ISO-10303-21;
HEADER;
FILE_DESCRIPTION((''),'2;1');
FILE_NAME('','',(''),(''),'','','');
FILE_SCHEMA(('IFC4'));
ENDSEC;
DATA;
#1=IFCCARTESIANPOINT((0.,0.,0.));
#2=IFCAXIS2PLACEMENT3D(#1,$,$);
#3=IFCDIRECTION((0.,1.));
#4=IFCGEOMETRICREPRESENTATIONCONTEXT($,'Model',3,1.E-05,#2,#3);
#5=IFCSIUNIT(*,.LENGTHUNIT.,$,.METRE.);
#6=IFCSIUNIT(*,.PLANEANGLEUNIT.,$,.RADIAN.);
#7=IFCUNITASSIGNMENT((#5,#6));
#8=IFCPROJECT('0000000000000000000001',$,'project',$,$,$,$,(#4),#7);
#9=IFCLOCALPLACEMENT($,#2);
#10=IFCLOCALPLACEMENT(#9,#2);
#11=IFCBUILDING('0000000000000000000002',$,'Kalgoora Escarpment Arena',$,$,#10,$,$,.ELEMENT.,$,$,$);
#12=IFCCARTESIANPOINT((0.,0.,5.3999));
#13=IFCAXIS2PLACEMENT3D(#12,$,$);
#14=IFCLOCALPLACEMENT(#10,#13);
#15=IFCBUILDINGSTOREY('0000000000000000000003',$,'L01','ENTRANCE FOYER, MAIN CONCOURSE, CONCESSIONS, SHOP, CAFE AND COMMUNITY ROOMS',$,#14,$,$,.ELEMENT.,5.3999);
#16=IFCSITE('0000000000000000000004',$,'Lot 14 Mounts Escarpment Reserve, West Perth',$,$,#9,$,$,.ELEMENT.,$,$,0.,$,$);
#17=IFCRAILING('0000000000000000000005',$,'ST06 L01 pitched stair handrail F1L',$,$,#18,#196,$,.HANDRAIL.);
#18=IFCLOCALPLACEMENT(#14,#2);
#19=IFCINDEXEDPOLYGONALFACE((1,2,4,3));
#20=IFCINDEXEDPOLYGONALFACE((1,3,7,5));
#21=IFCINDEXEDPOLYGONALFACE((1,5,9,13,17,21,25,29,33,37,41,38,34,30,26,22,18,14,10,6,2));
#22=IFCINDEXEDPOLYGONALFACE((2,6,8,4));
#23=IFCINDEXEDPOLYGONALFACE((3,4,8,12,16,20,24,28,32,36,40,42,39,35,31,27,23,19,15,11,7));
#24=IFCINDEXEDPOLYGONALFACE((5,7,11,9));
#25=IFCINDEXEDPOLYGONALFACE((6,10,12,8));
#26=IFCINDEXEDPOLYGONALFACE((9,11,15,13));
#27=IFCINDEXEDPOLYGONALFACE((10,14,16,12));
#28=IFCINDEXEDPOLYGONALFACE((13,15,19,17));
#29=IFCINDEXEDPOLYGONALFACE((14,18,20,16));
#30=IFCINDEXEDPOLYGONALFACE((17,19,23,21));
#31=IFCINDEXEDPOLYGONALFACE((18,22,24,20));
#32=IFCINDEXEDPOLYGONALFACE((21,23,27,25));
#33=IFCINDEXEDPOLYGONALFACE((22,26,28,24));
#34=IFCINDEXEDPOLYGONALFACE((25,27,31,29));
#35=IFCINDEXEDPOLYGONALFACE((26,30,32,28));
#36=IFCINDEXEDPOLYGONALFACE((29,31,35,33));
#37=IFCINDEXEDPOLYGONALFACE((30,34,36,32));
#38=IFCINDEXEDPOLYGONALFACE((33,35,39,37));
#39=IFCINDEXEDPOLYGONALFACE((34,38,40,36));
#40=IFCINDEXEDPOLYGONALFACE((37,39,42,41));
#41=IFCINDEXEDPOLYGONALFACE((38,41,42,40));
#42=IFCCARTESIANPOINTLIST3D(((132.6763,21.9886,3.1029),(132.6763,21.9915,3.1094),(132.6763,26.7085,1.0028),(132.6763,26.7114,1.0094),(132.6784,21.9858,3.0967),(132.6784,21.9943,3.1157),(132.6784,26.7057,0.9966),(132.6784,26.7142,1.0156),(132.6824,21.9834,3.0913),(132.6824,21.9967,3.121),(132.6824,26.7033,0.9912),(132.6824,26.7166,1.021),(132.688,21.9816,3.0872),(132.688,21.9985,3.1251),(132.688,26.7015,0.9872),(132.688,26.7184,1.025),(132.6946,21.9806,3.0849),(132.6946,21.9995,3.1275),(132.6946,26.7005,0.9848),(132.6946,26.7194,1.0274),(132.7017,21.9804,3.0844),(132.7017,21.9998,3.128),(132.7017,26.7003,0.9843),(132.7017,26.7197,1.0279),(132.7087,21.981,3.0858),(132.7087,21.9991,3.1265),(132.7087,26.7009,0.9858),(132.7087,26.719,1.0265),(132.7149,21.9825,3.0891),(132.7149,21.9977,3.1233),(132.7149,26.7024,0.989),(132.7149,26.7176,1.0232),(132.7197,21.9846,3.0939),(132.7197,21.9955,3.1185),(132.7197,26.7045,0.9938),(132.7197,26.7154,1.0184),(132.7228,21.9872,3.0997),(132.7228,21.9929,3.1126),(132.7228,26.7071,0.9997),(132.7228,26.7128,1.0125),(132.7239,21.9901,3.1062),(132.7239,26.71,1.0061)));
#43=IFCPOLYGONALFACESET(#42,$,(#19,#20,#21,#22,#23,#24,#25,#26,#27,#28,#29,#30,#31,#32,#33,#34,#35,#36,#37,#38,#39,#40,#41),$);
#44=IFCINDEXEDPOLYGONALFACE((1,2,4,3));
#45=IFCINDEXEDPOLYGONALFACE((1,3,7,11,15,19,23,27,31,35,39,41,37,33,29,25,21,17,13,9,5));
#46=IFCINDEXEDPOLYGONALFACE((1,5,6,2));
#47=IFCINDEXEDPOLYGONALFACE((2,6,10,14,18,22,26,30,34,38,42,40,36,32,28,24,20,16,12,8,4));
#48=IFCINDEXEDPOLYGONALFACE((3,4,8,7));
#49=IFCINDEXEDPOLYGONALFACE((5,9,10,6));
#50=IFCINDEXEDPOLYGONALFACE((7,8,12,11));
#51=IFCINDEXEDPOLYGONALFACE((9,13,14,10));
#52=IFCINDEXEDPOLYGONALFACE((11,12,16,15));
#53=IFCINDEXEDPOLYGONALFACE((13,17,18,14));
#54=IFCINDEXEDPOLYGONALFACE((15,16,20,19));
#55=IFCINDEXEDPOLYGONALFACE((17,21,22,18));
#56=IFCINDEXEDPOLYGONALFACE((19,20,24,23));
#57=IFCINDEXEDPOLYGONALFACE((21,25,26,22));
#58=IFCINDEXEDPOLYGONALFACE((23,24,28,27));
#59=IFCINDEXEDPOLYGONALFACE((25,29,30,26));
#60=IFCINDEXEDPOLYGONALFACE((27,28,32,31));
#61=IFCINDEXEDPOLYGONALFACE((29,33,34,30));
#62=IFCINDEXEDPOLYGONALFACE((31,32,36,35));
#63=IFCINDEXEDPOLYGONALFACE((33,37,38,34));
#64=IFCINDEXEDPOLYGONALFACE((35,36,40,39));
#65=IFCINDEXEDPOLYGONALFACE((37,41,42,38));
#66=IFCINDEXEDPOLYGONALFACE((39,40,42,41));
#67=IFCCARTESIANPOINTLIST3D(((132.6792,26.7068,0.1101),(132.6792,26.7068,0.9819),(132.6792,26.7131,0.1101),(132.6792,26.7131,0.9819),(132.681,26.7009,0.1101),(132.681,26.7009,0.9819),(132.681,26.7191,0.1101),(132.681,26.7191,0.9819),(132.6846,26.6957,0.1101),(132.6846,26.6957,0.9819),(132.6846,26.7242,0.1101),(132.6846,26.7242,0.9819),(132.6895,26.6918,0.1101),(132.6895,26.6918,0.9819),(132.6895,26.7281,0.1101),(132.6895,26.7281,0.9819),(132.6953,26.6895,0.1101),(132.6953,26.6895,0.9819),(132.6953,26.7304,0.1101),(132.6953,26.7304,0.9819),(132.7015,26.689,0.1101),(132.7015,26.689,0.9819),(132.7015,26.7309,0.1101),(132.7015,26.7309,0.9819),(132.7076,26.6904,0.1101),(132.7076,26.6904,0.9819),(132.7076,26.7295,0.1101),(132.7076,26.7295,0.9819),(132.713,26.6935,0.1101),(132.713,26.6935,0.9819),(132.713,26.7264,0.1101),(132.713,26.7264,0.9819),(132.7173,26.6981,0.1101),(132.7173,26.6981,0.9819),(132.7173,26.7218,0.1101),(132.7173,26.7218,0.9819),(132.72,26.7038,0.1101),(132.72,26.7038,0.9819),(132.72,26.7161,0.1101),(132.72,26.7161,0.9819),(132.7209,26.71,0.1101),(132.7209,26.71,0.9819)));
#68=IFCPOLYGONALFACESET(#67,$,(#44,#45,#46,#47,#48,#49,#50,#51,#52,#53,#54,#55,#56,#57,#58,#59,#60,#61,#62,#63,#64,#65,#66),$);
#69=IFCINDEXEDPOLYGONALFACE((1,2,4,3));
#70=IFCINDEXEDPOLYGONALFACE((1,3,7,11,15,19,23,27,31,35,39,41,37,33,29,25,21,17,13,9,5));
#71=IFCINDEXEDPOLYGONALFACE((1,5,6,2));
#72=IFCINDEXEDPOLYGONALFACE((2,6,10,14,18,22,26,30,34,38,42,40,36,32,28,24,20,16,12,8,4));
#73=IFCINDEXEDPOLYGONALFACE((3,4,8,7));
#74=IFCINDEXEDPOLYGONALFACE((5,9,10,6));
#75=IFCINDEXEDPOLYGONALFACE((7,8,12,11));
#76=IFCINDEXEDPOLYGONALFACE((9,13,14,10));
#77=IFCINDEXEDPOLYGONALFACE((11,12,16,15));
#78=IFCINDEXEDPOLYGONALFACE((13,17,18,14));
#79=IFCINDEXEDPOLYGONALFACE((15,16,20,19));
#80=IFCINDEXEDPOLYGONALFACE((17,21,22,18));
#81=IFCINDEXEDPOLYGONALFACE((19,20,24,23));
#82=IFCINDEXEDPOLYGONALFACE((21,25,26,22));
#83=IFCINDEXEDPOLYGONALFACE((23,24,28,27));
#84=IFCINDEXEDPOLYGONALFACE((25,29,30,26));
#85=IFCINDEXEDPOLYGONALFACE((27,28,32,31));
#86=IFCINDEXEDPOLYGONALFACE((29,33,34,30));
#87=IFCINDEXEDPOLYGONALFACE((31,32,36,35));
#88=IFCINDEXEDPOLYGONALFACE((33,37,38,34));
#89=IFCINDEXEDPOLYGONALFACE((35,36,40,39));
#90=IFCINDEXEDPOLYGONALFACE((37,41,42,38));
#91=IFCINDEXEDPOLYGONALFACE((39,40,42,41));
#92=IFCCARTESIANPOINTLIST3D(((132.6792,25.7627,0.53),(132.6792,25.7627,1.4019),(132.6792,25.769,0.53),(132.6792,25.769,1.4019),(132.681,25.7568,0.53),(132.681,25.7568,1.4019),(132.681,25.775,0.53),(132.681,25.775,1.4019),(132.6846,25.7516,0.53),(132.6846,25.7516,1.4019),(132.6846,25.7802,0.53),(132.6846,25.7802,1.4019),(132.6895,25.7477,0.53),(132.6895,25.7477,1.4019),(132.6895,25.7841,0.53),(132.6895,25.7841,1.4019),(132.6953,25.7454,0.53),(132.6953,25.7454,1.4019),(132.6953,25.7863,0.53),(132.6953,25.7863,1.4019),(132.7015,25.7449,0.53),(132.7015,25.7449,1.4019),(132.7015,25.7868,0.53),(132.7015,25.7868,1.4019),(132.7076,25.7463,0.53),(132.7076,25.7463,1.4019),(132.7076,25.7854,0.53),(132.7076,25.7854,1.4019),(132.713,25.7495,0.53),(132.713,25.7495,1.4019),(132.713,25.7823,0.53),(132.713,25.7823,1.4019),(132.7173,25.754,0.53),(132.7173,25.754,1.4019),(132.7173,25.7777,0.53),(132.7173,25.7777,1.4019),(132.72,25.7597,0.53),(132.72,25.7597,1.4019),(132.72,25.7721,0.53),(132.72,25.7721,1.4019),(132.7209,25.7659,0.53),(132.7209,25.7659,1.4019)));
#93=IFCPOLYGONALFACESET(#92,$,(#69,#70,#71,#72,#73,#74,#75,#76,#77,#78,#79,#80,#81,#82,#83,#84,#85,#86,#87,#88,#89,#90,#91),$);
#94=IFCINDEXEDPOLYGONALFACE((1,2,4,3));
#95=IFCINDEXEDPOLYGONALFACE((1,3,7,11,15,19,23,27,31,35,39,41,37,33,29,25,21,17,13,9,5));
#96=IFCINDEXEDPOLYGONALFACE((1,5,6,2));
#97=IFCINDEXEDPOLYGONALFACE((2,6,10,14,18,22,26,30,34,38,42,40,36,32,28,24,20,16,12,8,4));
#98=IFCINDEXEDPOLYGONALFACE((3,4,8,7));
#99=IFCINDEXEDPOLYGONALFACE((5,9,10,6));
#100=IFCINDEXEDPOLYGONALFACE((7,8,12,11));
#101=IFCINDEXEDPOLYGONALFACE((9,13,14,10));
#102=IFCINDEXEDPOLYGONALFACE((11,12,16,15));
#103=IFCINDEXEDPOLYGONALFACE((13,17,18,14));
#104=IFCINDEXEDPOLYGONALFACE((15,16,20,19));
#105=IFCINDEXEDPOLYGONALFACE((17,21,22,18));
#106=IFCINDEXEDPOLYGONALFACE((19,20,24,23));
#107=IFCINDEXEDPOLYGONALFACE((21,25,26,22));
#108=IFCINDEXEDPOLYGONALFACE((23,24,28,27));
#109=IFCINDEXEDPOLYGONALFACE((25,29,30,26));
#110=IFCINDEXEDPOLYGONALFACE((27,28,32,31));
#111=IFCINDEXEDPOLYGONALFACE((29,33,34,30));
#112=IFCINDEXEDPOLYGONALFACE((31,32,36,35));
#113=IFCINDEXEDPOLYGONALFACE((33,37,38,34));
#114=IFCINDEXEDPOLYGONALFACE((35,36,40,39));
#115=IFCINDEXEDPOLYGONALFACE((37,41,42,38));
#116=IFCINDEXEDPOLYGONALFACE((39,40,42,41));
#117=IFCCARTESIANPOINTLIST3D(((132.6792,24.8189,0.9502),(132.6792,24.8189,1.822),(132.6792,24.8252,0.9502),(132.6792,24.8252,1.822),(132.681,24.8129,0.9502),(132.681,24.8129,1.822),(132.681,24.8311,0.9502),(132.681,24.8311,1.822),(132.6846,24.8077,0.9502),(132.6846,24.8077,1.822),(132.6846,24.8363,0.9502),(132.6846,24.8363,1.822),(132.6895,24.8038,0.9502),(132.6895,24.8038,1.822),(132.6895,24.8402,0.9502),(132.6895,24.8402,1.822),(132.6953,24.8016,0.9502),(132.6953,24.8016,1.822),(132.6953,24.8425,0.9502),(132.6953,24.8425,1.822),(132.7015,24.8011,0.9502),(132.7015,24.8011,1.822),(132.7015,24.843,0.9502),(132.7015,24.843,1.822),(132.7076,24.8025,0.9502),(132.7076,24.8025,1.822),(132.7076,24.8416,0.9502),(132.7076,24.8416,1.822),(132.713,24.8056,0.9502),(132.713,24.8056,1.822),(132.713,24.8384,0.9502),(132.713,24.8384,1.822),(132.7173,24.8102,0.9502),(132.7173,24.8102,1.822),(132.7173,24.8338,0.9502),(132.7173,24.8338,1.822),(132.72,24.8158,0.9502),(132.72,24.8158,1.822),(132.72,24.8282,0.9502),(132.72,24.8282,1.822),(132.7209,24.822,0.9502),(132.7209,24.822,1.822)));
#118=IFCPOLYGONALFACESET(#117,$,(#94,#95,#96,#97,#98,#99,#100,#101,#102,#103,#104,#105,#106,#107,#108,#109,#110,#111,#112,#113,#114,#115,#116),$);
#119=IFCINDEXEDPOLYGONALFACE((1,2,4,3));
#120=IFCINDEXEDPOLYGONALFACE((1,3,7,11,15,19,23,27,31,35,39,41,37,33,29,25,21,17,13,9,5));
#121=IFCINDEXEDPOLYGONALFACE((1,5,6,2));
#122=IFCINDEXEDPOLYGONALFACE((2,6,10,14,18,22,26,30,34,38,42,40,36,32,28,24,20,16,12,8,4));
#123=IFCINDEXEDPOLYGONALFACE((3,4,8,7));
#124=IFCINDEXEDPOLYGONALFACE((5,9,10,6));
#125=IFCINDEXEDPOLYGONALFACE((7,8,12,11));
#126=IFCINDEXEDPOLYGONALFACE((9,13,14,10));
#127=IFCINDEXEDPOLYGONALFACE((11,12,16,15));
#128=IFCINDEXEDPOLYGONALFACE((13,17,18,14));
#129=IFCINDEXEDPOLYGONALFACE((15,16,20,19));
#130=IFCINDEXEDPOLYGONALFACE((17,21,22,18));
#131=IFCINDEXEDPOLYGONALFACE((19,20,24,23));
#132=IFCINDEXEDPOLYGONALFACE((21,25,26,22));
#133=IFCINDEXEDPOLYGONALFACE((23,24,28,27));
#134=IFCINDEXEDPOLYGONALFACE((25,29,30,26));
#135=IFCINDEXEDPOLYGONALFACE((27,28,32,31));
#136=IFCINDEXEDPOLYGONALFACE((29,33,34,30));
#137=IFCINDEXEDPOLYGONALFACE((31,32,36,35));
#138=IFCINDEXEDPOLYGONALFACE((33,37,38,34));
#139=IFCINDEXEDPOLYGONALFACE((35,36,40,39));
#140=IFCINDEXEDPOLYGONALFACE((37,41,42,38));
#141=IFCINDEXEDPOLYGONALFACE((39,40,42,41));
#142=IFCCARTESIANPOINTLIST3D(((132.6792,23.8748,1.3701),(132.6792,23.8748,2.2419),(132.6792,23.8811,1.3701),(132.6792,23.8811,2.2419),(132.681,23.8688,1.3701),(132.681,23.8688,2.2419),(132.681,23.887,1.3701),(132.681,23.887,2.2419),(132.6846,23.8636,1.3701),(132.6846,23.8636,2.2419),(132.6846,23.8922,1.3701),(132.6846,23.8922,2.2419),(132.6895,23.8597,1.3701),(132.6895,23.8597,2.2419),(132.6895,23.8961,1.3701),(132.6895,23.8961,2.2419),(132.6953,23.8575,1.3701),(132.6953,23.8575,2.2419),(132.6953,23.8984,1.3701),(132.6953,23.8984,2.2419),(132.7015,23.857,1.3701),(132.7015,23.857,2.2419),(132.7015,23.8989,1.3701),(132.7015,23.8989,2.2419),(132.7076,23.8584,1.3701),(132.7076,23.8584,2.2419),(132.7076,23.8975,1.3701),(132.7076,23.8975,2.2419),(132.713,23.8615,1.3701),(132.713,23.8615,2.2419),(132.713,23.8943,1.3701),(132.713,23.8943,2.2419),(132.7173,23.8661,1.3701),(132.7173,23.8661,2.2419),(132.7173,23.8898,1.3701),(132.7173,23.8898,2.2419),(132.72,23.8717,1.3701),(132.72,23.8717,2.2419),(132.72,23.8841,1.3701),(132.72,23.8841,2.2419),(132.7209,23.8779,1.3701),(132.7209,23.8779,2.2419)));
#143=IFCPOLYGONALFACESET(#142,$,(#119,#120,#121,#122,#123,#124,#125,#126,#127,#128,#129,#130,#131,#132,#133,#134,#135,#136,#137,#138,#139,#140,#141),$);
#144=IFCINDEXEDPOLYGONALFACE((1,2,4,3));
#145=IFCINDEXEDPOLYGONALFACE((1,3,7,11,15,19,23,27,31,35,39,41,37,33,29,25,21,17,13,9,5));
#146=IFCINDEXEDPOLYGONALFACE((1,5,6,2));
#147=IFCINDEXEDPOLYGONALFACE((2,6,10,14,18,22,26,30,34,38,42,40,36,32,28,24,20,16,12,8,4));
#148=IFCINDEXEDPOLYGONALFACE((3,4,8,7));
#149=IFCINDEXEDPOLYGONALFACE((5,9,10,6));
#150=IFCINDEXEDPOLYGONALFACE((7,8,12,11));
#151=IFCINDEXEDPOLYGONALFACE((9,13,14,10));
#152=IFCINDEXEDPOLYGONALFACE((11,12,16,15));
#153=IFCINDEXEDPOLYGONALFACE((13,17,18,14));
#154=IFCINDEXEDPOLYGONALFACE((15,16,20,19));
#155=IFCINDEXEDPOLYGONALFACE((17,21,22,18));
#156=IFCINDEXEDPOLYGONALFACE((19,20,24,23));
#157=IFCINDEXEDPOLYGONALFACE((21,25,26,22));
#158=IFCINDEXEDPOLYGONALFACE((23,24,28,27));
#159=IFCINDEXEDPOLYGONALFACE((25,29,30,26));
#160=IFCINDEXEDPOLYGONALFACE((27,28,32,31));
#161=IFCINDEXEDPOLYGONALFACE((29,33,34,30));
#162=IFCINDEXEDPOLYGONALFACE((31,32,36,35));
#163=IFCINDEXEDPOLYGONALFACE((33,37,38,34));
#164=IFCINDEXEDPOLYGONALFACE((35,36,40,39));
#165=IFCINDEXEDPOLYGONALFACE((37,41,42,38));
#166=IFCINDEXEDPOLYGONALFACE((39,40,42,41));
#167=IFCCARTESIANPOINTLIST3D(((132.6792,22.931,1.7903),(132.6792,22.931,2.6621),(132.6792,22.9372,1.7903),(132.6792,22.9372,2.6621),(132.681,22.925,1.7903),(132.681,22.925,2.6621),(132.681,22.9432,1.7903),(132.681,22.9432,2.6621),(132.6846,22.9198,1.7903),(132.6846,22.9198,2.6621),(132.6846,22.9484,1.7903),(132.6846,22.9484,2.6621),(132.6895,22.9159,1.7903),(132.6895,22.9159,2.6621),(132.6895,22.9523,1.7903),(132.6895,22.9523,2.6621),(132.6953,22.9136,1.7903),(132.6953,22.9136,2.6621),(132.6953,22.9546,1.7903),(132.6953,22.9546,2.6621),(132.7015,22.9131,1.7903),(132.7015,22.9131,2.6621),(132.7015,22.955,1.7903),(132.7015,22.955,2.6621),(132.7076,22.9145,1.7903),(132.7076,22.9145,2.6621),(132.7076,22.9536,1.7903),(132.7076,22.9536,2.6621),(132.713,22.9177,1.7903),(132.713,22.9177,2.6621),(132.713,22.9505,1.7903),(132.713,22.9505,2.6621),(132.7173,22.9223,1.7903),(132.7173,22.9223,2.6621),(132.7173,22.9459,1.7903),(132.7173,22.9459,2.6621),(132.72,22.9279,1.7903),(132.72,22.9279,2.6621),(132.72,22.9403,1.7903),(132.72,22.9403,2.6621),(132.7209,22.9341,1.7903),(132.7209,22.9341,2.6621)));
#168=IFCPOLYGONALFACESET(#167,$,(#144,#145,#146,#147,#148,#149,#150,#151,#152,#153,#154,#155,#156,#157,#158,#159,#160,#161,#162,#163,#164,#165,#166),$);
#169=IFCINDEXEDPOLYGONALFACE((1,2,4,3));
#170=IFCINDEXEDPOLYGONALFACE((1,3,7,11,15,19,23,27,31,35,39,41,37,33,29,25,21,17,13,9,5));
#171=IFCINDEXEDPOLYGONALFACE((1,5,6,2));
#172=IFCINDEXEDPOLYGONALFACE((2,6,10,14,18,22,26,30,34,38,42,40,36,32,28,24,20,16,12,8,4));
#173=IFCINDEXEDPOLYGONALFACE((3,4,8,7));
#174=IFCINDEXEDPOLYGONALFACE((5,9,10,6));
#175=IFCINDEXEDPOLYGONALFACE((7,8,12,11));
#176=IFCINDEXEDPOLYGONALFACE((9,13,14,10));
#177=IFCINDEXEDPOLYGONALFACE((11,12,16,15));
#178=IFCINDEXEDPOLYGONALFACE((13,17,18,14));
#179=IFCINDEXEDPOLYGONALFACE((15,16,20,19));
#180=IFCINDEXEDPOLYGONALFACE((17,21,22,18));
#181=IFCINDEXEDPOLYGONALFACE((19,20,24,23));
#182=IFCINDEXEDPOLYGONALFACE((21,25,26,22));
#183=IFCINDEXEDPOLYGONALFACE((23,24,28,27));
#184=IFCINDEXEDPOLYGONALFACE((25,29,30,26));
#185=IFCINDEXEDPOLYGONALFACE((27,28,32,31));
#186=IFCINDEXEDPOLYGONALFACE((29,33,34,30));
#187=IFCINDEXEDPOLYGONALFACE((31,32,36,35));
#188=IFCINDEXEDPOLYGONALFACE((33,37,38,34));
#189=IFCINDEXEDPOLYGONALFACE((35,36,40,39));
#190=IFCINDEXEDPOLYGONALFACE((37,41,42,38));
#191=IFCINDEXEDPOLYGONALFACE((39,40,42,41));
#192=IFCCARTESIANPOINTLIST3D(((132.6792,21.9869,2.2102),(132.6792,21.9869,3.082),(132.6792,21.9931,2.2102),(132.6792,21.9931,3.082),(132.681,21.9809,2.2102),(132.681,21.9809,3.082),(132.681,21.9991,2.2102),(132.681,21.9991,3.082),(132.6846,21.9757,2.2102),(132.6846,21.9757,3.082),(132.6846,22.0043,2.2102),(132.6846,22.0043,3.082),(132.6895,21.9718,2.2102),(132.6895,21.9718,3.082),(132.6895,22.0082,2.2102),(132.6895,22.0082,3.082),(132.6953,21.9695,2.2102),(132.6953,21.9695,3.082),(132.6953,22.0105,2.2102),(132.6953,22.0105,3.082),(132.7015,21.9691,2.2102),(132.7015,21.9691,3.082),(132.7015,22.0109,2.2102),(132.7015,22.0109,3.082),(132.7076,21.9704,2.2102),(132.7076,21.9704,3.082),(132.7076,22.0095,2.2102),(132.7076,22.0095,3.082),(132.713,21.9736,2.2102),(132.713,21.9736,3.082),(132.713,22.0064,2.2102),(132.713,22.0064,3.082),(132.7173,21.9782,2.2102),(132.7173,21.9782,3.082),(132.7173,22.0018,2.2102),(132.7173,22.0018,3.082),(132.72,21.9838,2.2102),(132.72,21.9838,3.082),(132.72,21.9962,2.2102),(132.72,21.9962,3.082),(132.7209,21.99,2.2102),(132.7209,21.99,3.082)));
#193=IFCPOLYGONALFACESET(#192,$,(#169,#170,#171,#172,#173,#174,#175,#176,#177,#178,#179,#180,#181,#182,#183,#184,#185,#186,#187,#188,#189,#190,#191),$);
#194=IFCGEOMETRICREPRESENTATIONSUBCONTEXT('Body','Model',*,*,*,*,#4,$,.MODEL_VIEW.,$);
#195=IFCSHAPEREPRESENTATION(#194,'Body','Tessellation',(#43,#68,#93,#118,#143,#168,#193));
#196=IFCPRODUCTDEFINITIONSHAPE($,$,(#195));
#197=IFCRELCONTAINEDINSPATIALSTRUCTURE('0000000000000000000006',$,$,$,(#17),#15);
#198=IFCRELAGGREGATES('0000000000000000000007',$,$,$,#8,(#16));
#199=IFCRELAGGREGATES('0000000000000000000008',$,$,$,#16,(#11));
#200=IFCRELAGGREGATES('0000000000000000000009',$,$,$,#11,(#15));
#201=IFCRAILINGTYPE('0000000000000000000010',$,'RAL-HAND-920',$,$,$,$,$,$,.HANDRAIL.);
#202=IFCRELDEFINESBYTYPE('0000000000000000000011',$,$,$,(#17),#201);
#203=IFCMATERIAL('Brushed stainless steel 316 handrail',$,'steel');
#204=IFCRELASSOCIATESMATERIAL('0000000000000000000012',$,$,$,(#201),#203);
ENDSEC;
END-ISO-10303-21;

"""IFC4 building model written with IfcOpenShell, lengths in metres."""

from ifc_helpers import new_model, si_unit, direction, frame, origin, origin_2d, place, context, subcontext, project, spatial, circle, extrude, material, type_object, element, save


model = new_model("IFC4")

# Units and contexts
model_context = context("Model", 3, precision=1e-05, world=origin(), true_north=direction((0.0, 1.0)))
body_context = subcontext(model_context, "Body", "Model", "MODEL_VIEW")
ifc_project = project(units=[si_unit("LENGTHUNIT", "METRE"), si_unit("PLANEANGLEUNIT", "RADIAN")], contexts=[model_context])

# Site, building, storey
site_placement = place(None, origin())
site = spatial("IfcSite", under=ifc_project, at=site_placement, Name="Lot 14 Mounts Escarpment Reserve, West Perth", CompositionType="ELEMENT", RefElevation=0.0)
building_placement = place(site_placement, origin())
building = spatial("IfcBuilding", under=site, at=building_placement, Name="Kalgoora Escarpment Arena", CompositionType="ELEMENT")
storey_placement = place(building_placement, frame((0.0, 0.0, 5.3999)))
storey = spatial("IfcBuildingStorey", under=building, at=storey_placement, Name="L01", Description="ENTRANCE FOYER, MAIN CONCOURSE, CONCESSIONS, SHOP, CAFE AND COMMUNITY ROOMS", CompositionType="ELEMENT", Elevation=5.3999)

# Railing
ifc_material_1 = material(Name="Brushed stainless steel 316 handrail", Category="steel")
railing_type_1 = type_object("IfcRailingType", Name="RAL-HAND-920", PredefinedType="HANDRAIL", material=ifc_material_1)
for number, where, name in (
    (1, (132.7, 26.71, 0.1101), "ST06 L01 pitched stair handrail F1L"),
):
    element("IfcRailing", number, at=place(storey_placement, frame(where)), inside=storey, type_object=railing_type_1, Name=name, PredefinedType="HANDRAIL", context=body_context, shape_type="SweptSolid", body=[
        extrude(circle(Radius=0.0239, at=origin_2d()), frame((0.0, 0.0, 0.896), z_axis=(0.0, -0.913644, 0.406516), x_axis=(1.0, 0.0, 0.0)), (0.0, 0.0, 1.0), 5.166),
        extrude(circle(Radius=0.021, at=origin_2d()), origin(), (0.0, 0.0, 1.0), 0.8718),
        extrude(circle(Radius=0.021, at=origin_2d()), frame((0.0, -0.9441, 0.4199)), (0.0, 0.0, 1.0), 0.8718),
        extrude(circle(Radius=0.021, at=origin_2d()), frame((0.0, -1.8879, 0.8401)), (0.0, 0.0, 1.0), 0.8718),
        extrude(circle(Radius=0.021, at=origin_2d()), frame((0.0, -2.832, 1.26)), (0.0, 0.0, 1.0), 0.8718),
        extrude(circle(Radius=0.021, at=origin_2d()), frame((0.0, -3.7759, 1.6802)), (0.0, 0.0, 1.0), 0.8718),
        extrude(circle(Radius=0.021, at=origin_2d()), frame((0.0, -4.72, 2.1001)), (0.0, 0.0, 1.0), 0.8718),
    ])

save(model, "model.ifc")
